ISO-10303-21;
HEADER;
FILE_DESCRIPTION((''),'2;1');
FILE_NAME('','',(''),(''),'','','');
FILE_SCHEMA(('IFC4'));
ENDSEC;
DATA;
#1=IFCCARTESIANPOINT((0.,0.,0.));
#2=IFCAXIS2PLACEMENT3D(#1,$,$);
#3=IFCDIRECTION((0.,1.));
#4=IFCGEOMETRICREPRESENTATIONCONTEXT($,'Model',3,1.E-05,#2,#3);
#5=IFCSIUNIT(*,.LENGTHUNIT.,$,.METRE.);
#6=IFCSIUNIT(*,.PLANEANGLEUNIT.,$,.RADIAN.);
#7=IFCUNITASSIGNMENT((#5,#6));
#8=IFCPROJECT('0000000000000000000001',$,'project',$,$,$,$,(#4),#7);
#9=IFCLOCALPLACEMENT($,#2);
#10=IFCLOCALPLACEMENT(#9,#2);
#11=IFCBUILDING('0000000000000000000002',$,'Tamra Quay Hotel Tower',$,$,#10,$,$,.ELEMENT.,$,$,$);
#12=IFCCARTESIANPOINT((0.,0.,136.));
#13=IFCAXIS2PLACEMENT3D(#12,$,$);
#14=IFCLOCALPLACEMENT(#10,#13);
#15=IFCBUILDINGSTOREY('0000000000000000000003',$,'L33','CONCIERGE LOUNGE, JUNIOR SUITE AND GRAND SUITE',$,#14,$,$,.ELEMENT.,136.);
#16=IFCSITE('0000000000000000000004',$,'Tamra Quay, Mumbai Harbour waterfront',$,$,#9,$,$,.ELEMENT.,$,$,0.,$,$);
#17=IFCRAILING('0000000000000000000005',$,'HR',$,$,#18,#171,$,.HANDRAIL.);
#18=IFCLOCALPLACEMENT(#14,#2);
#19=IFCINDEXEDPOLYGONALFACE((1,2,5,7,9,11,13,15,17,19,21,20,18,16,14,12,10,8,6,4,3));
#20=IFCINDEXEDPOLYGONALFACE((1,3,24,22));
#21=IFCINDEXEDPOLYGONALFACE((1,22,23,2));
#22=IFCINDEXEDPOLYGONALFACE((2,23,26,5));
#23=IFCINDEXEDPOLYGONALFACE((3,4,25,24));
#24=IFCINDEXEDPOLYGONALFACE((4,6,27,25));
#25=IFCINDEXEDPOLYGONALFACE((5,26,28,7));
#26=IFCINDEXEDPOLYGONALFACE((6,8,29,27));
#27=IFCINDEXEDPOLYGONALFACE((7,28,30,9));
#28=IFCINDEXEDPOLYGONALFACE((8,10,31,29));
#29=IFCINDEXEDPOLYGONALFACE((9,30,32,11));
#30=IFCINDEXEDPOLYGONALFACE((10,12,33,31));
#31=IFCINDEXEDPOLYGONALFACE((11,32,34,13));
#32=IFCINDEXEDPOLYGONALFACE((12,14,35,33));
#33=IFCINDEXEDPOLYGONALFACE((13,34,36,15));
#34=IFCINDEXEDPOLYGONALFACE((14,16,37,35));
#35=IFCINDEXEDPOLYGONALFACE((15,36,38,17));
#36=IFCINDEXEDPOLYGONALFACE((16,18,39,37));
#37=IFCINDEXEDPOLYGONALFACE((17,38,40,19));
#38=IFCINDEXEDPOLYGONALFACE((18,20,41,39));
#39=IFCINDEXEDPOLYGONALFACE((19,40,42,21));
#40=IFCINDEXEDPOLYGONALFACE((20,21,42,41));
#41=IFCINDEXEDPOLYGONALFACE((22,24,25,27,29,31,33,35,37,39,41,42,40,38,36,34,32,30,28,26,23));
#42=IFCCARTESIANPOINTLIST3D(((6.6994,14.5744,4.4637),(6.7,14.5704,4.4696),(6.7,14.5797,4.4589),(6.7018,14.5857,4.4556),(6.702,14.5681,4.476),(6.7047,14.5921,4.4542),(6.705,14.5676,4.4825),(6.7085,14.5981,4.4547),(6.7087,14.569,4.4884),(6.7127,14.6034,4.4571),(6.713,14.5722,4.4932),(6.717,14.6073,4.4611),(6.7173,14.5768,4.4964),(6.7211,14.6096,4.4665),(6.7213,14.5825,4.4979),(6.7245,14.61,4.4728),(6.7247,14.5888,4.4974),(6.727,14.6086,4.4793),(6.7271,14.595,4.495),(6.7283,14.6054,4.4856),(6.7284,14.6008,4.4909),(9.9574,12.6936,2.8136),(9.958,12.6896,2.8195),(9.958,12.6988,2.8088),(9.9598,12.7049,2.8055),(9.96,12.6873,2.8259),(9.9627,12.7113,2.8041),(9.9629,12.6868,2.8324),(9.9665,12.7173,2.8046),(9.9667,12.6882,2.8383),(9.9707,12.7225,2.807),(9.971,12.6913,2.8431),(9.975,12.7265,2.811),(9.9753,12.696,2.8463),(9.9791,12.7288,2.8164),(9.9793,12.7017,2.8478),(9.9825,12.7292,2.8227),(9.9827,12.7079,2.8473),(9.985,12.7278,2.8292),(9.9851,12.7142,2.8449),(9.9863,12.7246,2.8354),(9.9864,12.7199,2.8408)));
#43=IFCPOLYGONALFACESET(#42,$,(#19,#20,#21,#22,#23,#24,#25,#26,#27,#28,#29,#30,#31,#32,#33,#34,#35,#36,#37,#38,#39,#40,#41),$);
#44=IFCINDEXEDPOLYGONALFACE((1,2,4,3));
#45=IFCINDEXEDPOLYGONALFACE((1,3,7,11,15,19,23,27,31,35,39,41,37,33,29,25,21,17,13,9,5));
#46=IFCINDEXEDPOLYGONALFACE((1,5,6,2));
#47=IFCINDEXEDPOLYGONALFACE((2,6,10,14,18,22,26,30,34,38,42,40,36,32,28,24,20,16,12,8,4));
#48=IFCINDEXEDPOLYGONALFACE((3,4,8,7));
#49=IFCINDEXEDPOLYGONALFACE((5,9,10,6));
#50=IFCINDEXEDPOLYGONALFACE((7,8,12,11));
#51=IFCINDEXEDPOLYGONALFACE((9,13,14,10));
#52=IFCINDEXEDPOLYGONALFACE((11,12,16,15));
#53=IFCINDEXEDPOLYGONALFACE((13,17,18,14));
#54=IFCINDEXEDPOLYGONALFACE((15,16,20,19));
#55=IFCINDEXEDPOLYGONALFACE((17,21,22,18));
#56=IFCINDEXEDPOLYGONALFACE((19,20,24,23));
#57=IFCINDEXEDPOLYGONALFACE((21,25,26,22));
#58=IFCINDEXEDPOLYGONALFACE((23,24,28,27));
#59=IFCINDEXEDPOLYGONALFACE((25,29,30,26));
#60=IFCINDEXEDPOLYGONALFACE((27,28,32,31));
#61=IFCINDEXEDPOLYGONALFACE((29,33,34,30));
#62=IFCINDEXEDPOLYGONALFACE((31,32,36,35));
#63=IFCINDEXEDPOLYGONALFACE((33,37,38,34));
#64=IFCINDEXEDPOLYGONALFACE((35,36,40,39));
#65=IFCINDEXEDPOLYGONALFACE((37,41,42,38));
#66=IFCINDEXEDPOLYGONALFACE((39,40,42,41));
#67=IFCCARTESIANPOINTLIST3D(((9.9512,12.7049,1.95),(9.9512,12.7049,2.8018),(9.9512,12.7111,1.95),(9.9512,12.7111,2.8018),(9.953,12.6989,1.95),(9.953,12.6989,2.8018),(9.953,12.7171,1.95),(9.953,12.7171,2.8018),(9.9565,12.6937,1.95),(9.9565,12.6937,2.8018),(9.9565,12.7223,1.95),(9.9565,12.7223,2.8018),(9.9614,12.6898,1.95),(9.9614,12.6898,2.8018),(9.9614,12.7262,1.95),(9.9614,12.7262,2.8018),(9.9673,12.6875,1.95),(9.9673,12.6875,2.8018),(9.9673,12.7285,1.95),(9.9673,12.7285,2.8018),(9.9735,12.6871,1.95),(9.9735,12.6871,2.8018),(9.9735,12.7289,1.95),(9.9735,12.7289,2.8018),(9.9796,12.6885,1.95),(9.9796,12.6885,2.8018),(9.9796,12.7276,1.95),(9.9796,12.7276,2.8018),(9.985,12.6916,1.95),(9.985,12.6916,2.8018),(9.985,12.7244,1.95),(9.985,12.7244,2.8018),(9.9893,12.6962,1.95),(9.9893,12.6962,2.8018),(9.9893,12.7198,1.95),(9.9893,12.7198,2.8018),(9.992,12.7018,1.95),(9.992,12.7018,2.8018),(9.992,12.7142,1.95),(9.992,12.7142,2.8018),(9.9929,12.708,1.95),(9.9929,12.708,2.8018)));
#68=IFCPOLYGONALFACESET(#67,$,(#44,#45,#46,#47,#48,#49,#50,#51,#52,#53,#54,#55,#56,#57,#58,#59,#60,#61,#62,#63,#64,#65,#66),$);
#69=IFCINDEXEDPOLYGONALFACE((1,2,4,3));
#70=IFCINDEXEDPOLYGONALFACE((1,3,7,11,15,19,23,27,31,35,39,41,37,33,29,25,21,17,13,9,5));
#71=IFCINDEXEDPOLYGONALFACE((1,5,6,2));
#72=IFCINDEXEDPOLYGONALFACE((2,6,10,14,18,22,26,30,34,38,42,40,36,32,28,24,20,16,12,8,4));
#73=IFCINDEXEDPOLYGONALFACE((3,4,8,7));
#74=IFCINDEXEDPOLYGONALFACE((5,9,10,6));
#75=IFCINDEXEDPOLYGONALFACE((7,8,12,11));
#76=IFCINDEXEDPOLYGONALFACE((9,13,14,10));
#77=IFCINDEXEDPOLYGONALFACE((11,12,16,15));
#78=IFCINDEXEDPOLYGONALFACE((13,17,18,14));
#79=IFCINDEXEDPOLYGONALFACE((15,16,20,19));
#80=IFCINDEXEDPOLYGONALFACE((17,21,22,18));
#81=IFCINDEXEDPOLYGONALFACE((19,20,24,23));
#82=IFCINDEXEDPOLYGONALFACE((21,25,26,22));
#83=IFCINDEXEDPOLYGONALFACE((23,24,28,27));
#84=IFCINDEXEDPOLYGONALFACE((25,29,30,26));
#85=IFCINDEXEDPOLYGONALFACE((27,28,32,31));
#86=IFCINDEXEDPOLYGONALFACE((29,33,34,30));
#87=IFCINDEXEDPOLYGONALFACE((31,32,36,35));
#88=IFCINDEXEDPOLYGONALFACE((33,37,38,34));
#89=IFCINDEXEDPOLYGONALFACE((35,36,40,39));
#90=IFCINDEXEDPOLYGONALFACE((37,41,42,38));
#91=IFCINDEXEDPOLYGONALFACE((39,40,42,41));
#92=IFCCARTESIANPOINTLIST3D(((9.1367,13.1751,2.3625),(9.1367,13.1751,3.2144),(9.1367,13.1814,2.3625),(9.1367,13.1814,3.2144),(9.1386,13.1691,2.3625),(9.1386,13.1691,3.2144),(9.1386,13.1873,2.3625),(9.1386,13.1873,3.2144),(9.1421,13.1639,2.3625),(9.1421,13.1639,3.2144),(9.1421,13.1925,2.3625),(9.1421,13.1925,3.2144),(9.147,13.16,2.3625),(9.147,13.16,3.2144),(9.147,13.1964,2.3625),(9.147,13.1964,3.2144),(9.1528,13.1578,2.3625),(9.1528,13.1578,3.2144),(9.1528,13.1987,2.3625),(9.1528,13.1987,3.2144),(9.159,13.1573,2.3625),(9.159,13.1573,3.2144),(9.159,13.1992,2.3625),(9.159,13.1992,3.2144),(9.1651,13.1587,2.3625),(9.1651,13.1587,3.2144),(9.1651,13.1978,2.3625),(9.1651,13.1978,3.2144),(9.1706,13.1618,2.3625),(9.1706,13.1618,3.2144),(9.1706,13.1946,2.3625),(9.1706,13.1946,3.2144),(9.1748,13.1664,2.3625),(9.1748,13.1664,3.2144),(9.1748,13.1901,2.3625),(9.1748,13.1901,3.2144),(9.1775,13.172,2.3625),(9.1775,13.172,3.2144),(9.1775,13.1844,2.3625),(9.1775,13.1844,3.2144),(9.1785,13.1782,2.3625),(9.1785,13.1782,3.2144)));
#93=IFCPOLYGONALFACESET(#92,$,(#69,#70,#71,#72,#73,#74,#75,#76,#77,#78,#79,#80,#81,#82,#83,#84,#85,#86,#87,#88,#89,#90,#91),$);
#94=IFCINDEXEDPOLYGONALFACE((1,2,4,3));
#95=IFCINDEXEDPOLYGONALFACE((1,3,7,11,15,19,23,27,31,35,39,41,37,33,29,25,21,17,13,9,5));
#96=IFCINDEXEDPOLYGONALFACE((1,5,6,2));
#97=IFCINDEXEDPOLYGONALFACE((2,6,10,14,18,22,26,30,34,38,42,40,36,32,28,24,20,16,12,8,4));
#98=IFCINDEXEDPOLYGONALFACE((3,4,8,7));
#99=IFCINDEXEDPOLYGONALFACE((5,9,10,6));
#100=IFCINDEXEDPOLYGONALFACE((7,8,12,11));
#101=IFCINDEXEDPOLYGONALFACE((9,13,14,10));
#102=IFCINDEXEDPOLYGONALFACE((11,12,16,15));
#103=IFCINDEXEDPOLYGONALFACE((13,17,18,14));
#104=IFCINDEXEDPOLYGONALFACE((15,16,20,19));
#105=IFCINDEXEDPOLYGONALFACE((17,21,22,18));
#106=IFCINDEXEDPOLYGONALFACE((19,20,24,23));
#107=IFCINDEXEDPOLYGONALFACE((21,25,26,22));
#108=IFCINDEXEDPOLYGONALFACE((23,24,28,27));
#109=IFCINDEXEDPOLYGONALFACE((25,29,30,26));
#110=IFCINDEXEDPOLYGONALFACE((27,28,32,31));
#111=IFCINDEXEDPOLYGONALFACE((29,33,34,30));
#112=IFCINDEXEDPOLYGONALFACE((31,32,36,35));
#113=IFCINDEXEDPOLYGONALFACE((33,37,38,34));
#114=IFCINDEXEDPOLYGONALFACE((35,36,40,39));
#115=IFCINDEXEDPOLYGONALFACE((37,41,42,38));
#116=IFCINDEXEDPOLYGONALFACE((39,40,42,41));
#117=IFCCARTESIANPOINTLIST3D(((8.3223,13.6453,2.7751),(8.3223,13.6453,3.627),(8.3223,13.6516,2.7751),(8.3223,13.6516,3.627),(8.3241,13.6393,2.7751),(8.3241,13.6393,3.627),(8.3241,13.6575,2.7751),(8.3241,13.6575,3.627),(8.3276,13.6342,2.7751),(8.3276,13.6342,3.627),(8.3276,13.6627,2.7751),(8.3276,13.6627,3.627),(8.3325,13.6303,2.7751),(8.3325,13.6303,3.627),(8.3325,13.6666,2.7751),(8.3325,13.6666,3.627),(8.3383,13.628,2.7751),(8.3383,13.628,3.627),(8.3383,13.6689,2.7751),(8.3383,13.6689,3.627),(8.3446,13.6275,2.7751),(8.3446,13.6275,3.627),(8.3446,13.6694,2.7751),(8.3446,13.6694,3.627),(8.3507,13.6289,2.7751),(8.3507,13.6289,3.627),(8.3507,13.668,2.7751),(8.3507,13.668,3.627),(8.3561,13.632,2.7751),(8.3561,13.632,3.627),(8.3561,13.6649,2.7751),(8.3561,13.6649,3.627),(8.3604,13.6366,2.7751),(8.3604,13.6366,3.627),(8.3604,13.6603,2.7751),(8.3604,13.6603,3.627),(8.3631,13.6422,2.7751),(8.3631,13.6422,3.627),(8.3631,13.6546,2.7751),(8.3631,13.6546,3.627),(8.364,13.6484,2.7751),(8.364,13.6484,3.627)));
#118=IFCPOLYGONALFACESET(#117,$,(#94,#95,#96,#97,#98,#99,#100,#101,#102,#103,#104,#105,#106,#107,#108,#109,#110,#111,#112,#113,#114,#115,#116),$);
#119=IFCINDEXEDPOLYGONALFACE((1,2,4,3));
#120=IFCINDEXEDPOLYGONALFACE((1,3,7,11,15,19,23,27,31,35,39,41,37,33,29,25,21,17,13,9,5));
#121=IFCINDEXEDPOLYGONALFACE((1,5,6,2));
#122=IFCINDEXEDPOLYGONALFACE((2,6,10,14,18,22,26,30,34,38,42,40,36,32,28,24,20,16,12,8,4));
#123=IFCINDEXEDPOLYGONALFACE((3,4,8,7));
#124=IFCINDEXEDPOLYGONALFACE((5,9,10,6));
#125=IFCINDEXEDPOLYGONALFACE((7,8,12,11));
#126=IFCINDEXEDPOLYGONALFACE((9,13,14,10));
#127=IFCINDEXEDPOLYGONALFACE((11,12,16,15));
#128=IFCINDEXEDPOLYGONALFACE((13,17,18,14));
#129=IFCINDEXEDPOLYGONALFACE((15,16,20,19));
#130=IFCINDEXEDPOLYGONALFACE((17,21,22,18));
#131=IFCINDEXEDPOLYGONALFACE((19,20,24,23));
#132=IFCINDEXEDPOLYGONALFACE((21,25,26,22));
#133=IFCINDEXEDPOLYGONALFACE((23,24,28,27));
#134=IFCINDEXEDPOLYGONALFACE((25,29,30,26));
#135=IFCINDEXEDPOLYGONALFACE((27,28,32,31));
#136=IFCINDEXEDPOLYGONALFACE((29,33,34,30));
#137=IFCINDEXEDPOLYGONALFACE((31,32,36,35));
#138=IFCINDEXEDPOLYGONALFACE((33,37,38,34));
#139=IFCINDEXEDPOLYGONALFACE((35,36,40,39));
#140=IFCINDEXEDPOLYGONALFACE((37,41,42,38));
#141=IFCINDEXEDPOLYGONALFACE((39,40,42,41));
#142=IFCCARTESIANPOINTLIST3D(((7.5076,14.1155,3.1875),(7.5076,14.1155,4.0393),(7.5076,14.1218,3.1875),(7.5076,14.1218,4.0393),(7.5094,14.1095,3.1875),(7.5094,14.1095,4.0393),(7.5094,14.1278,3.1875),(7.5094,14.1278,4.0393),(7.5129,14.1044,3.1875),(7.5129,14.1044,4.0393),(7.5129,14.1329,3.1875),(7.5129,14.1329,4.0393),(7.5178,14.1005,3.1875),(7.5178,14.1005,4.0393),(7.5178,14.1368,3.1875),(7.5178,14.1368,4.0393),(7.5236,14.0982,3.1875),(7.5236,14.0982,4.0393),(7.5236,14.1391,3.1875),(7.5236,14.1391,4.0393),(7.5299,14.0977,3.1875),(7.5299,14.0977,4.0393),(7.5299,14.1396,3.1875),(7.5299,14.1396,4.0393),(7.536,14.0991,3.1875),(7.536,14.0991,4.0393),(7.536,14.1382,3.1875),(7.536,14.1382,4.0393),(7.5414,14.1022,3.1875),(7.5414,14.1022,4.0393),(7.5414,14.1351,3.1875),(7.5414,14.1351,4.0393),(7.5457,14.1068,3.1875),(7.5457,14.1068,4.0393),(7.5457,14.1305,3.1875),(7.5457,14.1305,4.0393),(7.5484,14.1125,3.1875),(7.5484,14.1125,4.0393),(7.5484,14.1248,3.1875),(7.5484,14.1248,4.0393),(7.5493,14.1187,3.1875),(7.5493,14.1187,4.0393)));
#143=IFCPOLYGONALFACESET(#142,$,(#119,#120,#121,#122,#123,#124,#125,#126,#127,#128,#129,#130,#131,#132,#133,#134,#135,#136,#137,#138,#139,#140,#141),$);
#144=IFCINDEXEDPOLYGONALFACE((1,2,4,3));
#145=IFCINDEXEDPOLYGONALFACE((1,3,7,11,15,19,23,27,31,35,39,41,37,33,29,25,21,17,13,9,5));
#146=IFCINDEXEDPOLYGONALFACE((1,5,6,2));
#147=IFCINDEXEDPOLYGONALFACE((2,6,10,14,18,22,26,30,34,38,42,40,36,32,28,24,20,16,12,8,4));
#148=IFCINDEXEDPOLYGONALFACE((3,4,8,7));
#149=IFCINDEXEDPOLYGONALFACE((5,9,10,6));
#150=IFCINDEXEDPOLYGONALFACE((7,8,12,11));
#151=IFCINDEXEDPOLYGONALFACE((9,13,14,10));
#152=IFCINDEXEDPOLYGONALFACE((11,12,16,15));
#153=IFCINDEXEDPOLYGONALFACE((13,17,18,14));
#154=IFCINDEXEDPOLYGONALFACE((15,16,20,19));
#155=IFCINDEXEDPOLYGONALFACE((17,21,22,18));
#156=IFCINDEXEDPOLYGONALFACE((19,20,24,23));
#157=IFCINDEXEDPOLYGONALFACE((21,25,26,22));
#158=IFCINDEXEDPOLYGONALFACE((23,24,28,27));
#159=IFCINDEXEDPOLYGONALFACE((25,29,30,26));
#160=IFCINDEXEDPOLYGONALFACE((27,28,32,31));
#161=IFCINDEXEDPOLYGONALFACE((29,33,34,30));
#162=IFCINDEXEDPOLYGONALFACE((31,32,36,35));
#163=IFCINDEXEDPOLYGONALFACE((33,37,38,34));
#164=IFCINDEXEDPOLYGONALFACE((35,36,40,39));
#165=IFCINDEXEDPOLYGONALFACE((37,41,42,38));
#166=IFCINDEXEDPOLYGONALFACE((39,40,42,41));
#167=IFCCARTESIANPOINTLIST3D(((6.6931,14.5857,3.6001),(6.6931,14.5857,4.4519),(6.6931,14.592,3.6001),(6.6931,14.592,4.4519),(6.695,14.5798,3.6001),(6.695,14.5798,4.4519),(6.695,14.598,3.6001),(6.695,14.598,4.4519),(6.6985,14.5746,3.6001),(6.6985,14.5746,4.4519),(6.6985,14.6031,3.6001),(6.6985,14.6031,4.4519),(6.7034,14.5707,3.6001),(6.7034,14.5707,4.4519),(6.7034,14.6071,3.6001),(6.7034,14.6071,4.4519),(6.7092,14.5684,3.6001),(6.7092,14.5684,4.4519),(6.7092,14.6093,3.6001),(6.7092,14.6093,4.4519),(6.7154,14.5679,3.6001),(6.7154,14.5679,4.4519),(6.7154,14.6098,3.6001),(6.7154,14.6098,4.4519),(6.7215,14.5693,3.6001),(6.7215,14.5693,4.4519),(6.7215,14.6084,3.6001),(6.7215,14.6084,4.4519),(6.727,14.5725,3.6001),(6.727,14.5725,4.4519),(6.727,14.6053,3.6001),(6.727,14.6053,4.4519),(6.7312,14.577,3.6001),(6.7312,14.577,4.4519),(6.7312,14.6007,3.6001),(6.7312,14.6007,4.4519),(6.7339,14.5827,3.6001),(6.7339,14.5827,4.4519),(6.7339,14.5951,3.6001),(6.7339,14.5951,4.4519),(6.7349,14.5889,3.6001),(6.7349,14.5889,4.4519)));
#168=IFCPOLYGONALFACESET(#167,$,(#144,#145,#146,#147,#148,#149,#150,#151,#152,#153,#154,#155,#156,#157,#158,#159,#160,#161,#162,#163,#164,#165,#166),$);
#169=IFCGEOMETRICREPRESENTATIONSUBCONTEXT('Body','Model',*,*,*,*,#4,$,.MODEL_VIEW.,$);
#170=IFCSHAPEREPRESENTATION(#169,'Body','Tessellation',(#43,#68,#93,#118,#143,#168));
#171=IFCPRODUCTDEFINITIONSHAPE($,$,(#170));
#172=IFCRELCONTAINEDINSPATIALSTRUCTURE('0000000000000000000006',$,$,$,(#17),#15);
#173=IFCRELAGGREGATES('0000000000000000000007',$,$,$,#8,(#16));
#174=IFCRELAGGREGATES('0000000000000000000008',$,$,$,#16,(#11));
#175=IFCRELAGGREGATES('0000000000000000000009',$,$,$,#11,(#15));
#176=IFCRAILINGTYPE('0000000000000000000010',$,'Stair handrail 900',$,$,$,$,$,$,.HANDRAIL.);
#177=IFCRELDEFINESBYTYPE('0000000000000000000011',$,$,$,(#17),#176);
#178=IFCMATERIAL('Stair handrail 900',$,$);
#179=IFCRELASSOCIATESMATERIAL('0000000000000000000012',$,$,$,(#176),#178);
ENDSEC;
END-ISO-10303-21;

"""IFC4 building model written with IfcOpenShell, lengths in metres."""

from ifc_helpers import new_model, si_unit, direction, frame, origin, origin_2d, place, context, subcontext, project, spatial, circle, extrude, material, type_object, element, save


model = new_model("IFC4")

# Units and contexts
model_context = context("Model", 3, precision=1e-05, world=origin(), true_north=direction((0.0, 1.0)))
body_context = subcontext(model_context, "Body", "Model", "MODEL_VIEW")
ifc_project = project(units=[si_unit("LENGTHUNIT", "METRE"), si_unit("PLANEANGLEUNIT", "RADIAN")], contexts=[model_context])

# Site, building, storey
site_placement = place(None, origin())
site = spatial("IfcSite", under=ifc_project, at=site_placement, Name="Tamra Quay, Mumbai Harbour waterfront", CompositionType="ELEMENT", RefElevation=0.0)
building_placement = place(site_placement, origin())
building = spatial("IfcBuilding", under=site, at=building_placement, Name="Tamra Quay Hotel Tower", CompositionType="ELEMENT")
storey_placement = place(building_placement, frame((0.0, 0.0, 136.0)))
storey = spatial("IfcBuildingStorey", under=building, at=storey_placement, Name="L33", Description="CONCIERGE LOUNGE, JUNIOR SUITE AND GRAND SUITE", CompositionType="ELEMENT", Elevation=136.0)

# Railing
ifc_material_1 = material(Name="Stair handrail 900")
railing_type_1 = type_object("IfcRailingType", Name="Stair handrail 900", PredefinedType="HANDRAIL", material=ifc_material_1)
railing_1_placement = place(storey_placement, frame((9.9719, 12.708, 1.95)))
element("IfcRailing", 1, at=railing_1_placement, inside=storey, type_object=railing_type_1, Name="HR", PredefinedType="HANDRAIL", context=body_context, shape_type="SweptSolid", body=[
    extrude(circle(Radius=0.0239, at=origin_2d()), frame((0.0, 0.0, 0.876), z_axis=(-0.793103, 0.457854, 0.401692), x_axis=(-0.499964, -0.866046, 0.0)), (0.0, 0.0, 1.0), 4.1079),
    extrude(circle(Radius=0.021, at=origin_2d()), origin(), (0.0, 0.0, 1.0), 0.8518),
    extrude(circle(Radius=0.021, at=origin_2d()), frame((-0.8145, 0.4702, 0.4126)), (0.0, 0.0, 1.0), 0.8518),
    extrude(circle(Radius=0.021, at=origin_2d()), frame((-1.6289, 0.9404, 0.8252)), (0.0, 0.0, 1.0), 0.8518),
    extrude(circle(Radius=0.021, at=origin_2d()), frame((-2.4436, 1.4106, 1.2375)), (0.0, 0.0, 1.0), 0.8518),
    extrude(circle(Radius=0.021, at=origin_2d()), frame((-3.2581, 1.8809, 1.6501)), (0.0, 0.0, 1.0), 0.8518),
])

save(model, "model.ifc")
